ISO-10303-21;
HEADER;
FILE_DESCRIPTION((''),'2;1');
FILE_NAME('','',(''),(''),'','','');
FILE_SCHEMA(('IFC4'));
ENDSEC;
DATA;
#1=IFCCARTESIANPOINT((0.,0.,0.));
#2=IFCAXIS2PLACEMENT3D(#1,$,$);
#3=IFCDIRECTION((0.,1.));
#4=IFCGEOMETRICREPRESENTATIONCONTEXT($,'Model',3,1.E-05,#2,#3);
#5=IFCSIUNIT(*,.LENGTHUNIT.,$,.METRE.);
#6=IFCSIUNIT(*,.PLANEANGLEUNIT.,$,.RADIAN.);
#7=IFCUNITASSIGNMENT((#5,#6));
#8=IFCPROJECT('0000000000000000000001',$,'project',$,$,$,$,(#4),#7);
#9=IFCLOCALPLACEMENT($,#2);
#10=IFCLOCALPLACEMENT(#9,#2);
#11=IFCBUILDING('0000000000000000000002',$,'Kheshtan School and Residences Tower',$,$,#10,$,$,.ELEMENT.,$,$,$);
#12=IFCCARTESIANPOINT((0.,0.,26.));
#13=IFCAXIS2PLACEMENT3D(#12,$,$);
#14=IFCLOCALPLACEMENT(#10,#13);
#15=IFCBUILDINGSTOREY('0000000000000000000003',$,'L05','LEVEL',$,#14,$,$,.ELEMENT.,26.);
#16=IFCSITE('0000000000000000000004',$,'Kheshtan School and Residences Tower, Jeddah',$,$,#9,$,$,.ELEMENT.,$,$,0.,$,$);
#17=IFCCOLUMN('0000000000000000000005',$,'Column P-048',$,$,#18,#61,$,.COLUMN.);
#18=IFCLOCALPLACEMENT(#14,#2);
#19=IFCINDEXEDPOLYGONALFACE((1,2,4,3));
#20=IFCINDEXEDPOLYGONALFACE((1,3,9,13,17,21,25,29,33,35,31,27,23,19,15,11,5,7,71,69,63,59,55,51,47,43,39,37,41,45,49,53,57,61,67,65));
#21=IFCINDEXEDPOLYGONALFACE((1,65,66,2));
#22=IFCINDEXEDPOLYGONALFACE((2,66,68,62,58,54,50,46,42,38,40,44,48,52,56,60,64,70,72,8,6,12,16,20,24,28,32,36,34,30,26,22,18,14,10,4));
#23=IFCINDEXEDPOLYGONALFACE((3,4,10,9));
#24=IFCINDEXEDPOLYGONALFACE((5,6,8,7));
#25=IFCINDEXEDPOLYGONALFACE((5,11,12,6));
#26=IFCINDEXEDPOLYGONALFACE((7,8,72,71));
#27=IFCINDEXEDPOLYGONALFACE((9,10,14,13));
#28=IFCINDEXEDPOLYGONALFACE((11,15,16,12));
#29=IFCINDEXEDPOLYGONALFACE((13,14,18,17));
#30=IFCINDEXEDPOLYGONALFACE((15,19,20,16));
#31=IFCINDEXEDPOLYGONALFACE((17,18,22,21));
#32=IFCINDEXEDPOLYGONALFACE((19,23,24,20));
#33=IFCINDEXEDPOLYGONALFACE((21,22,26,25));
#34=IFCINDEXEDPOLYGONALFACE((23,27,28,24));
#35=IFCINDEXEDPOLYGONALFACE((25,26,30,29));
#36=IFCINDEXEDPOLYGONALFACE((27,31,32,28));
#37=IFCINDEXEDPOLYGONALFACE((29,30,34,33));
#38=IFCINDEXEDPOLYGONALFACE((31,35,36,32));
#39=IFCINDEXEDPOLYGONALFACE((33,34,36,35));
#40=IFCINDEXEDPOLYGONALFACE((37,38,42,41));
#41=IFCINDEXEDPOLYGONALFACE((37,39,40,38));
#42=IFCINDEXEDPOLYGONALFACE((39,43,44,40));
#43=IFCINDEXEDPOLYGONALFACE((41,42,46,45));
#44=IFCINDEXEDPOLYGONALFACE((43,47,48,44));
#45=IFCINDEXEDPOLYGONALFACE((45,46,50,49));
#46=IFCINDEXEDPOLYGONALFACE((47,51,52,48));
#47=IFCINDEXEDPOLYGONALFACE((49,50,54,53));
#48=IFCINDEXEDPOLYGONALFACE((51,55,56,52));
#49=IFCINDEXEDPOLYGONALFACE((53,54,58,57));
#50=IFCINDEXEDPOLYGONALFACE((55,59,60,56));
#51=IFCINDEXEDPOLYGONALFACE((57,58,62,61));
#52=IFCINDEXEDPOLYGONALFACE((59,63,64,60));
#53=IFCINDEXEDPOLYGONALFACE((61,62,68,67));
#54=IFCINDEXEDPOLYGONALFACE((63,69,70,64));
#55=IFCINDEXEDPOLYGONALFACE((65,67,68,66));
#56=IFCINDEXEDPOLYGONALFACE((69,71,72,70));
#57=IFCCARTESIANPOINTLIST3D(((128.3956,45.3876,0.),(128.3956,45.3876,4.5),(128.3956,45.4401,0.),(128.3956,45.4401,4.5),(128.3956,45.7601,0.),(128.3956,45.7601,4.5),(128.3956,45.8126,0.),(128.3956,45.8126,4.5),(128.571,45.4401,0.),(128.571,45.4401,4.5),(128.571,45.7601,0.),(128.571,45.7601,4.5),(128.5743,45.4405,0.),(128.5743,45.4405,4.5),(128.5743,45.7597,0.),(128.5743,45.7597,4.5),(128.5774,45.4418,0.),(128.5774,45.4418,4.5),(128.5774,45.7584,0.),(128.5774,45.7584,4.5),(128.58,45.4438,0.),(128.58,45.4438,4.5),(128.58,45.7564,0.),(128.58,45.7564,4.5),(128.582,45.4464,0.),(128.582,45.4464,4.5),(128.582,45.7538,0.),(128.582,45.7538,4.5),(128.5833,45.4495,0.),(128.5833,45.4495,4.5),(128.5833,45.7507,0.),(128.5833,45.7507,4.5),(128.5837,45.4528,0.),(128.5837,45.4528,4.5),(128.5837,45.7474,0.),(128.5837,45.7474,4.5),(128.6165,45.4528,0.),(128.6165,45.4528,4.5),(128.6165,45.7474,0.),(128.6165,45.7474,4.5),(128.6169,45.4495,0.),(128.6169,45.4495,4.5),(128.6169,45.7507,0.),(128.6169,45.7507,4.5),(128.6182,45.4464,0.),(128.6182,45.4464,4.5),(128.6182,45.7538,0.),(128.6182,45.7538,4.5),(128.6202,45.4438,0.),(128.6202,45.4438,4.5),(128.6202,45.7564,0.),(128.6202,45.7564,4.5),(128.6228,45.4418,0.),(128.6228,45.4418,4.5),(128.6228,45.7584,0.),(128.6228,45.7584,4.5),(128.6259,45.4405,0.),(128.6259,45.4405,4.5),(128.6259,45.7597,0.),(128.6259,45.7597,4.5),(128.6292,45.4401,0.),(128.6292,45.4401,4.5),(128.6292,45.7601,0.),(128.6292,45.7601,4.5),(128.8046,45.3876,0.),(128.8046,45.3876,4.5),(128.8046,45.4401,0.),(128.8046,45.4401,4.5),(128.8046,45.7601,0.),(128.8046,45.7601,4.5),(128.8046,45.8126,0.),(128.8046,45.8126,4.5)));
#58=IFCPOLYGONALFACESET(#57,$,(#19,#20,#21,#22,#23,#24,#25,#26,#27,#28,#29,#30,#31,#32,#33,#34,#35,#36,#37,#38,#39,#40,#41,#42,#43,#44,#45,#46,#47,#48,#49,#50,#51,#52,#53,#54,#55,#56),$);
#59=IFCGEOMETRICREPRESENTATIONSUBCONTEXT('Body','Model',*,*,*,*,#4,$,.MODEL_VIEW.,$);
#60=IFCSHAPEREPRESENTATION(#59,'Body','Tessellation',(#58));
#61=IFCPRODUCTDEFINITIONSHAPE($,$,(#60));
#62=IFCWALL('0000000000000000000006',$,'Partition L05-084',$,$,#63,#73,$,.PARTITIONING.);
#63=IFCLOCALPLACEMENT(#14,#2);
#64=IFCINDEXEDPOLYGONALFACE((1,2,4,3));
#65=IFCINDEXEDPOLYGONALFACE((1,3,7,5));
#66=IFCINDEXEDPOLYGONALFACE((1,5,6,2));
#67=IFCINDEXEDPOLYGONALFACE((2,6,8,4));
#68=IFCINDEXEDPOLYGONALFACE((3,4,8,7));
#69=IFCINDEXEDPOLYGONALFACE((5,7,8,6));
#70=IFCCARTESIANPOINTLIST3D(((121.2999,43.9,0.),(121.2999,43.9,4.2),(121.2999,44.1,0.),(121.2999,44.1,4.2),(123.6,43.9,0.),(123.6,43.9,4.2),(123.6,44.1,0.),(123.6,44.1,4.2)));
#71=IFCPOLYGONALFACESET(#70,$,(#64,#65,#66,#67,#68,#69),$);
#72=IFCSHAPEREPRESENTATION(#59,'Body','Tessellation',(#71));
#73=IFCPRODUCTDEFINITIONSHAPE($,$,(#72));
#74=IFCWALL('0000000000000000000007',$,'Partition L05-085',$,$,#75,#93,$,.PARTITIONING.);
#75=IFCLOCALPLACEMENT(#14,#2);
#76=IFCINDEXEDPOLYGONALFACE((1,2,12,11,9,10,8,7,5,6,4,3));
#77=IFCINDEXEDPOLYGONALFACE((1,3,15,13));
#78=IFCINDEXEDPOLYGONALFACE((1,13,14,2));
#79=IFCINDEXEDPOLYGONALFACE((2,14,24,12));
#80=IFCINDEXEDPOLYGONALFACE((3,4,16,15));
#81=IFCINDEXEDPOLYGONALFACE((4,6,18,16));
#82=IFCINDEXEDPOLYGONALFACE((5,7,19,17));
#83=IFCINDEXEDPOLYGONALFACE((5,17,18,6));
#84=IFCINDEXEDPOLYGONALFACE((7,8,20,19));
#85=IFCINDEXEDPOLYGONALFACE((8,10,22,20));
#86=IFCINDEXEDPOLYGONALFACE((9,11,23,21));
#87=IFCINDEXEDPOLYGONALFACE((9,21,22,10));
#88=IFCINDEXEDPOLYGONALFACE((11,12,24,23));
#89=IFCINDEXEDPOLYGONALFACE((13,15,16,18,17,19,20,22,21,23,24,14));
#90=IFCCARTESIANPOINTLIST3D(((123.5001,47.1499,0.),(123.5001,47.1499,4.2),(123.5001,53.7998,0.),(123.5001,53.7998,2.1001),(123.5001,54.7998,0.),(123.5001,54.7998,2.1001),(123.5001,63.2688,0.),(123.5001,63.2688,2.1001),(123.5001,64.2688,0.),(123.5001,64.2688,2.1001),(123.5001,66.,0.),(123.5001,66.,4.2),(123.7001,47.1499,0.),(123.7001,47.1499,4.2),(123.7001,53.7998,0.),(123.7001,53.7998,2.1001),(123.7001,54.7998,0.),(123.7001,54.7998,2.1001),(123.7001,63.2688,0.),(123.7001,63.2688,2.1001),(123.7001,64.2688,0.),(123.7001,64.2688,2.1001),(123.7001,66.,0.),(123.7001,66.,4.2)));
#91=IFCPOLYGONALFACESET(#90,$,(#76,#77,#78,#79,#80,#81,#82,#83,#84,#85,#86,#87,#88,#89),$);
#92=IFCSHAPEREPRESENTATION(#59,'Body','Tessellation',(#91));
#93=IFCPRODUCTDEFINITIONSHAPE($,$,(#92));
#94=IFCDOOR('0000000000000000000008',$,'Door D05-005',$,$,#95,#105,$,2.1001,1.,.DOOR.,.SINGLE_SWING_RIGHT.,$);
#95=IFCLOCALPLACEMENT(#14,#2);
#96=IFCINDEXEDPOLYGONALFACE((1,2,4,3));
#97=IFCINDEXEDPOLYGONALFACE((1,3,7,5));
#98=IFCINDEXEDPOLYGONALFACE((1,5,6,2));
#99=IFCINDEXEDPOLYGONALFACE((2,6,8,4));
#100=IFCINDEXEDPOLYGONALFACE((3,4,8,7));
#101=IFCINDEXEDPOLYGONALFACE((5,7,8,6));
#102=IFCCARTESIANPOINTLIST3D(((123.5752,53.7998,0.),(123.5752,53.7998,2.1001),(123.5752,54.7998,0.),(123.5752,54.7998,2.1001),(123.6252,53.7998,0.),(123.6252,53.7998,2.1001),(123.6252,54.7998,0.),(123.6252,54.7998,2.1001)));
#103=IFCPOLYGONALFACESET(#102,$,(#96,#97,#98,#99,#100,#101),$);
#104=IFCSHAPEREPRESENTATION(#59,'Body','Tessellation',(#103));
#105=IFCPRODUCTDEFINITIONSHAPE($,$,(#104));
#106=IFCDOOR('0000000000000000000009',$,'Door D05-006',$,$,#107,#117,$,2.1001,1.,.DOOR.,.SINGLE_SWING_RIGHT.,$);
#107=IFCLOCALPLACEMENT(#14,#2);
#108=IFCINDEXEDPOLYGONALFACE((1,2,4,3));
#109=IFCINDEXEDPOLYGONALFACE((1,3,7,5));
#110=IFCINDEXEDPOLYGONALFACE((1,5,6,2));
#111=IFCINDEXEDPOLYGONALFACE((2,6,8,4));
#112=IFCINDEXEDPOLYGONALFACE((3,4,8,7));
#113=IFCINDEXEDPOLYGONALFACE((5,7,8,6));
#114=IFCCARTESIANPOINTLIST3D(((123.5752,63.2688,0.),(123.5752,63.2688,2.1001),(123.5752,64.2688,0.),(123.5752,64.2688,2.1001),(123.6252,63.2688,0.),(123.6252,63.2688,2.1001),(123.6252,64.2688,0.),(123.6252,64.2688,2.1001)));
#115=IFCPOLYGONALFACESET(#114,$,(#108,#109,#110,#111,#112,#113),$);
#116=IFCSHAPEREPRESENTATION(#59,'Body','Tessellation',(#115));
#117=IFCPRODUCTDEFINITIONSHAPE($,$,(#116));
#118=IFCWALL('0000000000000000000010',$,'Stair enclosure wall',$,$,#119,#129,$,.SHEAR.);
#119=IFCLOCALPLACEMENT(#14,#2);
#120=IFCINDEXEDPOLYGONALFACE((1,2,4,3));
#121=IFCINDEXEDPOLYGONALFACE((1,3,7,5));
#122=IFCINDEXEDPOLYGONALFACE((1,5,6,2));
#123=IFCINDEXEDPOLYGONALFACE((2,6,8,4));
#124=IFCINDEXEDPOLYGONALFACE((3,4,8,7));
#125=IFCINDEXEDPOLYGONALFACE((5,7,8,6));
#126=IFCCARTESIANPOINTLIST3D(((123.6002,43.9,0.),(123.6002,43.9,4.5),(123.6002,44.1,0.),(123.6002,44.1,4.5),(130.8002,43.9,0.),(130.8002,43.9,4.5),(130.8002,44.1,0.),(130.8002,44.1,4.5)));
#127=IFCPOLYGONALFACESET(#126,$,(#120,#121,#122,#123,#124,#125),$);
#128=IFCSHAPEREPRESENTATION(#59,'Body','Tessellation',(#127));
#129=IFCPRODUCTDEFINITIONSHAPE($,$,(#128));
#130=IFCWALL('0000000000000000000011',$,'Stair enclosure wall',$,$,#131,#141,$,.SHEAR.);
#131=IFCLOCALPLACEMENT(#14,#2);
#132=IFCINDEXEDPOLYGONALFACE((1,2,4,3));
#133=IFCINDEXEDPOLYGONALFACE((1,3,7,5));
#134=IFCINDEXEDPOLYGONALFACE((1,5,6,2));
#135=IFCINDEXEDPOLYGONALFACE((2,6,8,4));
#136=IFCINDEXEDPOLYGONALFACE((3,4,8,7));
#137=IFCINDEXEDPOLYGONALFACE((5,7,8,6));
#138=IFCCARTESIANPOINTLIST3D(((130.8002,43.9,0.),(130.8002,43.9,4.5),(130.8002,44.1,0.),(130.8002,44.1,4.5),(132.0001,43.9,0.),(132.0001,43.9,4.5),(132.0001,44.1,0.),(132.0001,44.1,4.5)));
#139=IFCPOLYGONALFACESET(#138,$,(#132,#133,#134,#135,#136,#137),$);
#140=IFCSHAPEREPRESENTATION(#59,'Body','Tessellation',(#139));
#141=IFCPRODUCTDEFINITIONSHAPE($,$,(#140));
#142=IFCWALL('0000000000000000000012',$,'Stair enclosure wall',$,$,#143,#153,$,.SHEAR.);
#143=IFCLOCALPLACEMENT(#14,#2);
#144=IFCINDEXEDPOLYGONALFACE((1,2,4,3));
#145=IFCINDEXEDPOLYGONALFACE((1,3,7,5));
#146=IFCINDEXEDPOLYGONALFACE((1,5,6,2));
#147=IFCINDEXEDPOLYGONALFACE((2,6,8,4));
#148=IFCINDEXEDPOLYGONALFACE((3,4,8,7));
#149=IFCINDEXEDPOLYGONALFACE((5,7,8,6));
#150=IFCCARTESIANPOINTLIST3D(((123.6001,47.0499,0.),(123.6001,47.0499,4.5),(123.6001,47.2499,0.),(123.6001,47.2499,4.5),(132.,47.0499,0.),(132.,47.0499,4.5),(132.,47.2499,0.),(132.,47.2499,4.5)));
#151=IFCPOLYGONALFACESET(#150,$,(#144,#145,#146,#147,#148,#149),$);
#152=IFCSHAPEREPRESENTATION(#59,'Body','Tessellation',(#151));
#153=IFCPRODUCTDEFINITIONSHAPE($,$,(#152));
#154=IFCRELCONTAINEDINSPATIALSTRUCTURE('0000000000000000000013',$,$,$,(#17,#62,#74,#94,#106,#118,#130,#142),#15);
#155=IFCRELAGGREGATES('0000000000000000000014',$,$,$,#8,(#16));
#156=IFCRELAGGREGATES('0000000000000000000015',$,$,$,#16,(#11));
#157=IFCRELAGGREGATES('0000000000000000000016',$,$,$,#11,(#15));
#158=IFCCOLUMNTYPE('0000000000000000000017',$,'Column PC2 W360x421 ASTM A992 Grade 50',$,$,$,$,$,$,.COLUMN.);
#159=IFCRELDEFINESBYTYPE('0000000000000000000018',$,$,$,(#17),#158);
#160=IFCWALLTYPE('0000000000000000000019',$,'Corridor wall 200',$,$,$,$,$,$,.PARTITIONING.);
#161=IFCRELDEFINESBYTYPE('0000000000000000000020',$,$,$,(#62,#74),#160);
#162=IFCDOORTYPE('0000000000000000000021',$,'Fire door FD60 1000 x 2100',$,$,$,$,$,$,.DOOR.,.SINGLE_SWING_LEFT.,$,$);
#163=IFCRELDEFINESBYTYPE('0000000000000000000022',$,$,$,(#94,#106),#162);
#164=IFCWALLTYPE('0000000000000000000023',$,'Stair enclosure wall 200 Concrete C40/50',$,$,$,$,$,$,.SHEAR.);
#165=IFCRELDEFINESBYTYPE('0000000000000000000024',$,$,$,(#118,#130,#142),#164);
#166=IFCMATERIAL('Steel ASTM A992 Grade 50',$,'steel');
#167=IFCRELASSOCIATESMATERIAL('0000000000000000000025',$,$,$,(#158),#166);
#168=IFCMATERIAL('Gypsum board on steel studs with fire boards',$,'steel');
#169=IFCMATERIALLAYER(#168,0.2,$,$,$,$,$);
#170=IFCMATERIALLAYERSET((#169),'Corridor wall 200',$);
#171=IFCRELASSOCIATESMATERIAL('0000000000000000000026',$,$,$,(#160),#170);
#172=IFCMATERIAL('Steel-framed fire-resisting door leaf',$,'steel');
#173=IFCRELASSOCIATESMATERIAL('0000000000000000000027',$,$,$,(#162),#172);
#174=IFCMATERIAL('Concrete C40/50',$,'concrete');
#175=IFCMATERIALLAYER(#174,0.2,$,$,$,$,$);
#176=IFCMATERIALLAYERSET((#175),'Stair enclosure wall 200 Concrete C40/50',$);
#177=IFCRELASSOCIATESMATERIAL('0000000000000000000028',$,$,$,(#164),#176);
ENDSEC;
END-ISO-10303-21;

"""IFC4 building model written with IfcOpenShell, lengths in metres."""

from ifc_helpers import new_model, si_unit, direction, frame, frame_2d, origin, origin_2d, place, context, subcontext, project, spatial, rectangle, i_section, extrude, source, transform, mapped, material, layer, layer_set, material_profile, profile_set, type_object, element, fill, save


model = new_model("IFC4")

# Units and contexts
model_context = context("Model", 3, precision=1e-05, world=origin(), true_north=direction((0.0, 1.0)))
body_context = subcontext(model_context, "Body", "Model", "MODEL_VIEW")
ifc_project = project(units=[si_unit("LENGTHUNIT", "METRE"), si_unit("PLANEANGLEUNIT", "RADIAN")], contexts=[model_context])

# Site, building, storey
site_placement = place(None, origin())
site = spatial("IfcSite", under=ifc_project, at=site_placement, Name="Kheshtan School and Residences Tower, Jeddah", CompositionType="ELEMENT", RefElevation=0.0)
building_placement = place(site_placement, origin())
building = spatial("IfcBuilding", under=site, at=building_placement, Name="Kheshtan School and Residences Tower", CompositionType="ELEMENT")
storey_placement = place(building_placement, frame((0.0, 0.0, 26.0)))
storey = spatial("IfcBuildingStorey", under=building, at=storey_placement, Name="L05", Description="LEVEL", CompositionType="ELEMENT", Elevation=26.0)

# Column
ifc_material_1 = material(Name="Steel ASTM A992 Grade 50", Category="steel")
ifc_material_profile = material_profile(ifc_material_1, i_section(OverallWidth=0.4089, OverallDepth=0.425, WebThickness=0.0327, FlangeThickness=0.0525, FilletRadius=0.0127, at=origin_2d()), Name="W360x421")
ifc_profile_set = profile_set([ifc_material_profile], Name="Steel ASTM A992 Grade 50")
column_type = type_object("IfcColumnType", Name="Column PC2 W360x421 ASTM A992 Grade 50", PredefinedType="COLUMN", material=ifc_profile_set)
for number, where, z_axis, x_axis, name in (
    (1, (128.6001, 45.6001, 0.0), (0.0, 0.0, 1.0), (1.0, 0.0, 0.0), "Column P-048"),
):
    element("IfcColumn", number, at=place(storey_placement, frame(where, z_axis=z_axis, x_axis=x_axis)), inside=storey, type_object=column_type, Name=name, PredefinedType="COLUMN", context=body_context, shape_type="SweptSolid", body=[
        extrude(i_section(OverallWidth=0.4089, OverallDepth=0.425, WebThickness=0.0327, FlangeThickness=0.0525, FilletRadius=0.0127, at=origin_2d()), origin(), (0.0, 0.0, 1.0), 4.5),
    ])

# Wall
ifc_material_2 = material(Name="Gypsum board on steel studs with fire boards", Category="steel")
ifc_layer_1 = layer(ifc_material_2, 0.2)
ifc_layer_set_1 = layer_set([ifc_layer_1], Name="Corridor wall 200")
wall_type_1 = type_object("IfcWallType", Name="Corridor wall 200", PredefinedType="PARTITIONING", material=ifc_layer_set_1)
wall_1_placement = place(storey_placement, frame((121.3, 44.0, 0.0), z_axis=(0.0, 0.0, 1.0), x_axis=(1.0, 0.0, 0.0)))
element("IfcWall", 2, at=wall_1_placement, inside=storey, type_object=wall_type_1, Name="Partition L05-084", PredefinedType="PARTITIONING", context=body_context, shape_type="SweptSolid", body=[
    extrude(rectangle(XDim=2.3, YDim=0.2, at=frame_2d((1.1499, 0.0))), origin(), (0.0, 0.0, 1.0), 4.2),
])

# Wall, openings, doors
wall_2_placement = place(storey_placement, frame((123.6001, 47.1499, 0.0), z_axis=(0.0, 0.0, 1.0), x_axis=(0.0, 1.0, 0.0)))
wall_2 = element("IfcWall", 3, at=wall_2_placement, inside=storey, type_object=wall_type_1, Name="Partition L05-085", PredefinedType="PARTITIONING", context=body_context, shape_type="SweptSolid", body=[
    extrude(rectangle(XDim=18.8501, YDim=0.2, at=frame_2d((9.425, 0.0))), origin(), (0.0, 0.0, 1.0), 4.2),
])
opening_1_placement = place(wall_2_placement, frame((6.6499, 0.0, 0.0)))
opening_1 = element("IfcOpeningElement", 4, at=opening_1_placement, cuts=wall_2, PredefinedType="OPENING", context=body_context, shape_type="SweptSolid", body=[
    extrude(rectangle(XDim=1.0, YDim=2.1001, at=frame_2d((0.5, 1.05))), frame((0.0, 0.1099, 0.0), z_axis=(0.0, -1.0, 0.0), x_axis=(1.0, 0.0, 0.0)), (0.0, 0.0, 1.0), 0.22),
])
opening_2_placement = place(wall_2_placement, frame((16.1189, 0.0, 0.0)))
opening_2 = element("IfcOpeningElement", 5, at=opening_2_placement, cuts=wall_2, PredefinedType="OPENING", context=body_context, shape_type="SweptSolid", body=[
    extrude(rectangle(XDim=1.0, YDim=2.1001, at=frame_2d((0.5, 1.05))), frame((0.0, 0.1099, 0.0), z_axis=(0.0, -1.0, 0.0), x_axis=(1.0, 0.0, 0.0)), (0.0, 0.0, 1.0), 0.22),
])
ifc_material_3 = material(Name="Steel-framed fire-resisting door leaf", Category="steel")
door_type_1 = type_object("IfcDoorType", Name="Fire door FD60 1000 x 2100", OperationType="SINGLE_SWING_LEFT", PredefinedType="DOOR", material=ifc_material_3)
shared_shape_1 = source(origin(), body_context, "Body", "SweptSolid", [
    extrude(rectangle(XDim=1.0, YDim=2.1001, at=frame_2d((0.5, 1.05))), frame((0.0, 0.0249, 0.0), z_axis=(0.0, -1.0, 0.0), x_axis=(1.0, 0.0, 0.0)), (0.0, 0.0, 1.0), 0.05),
])
door_1_placement = place(opening_1_placement, origin())
door_1 = element("IfcDoor", 6, at=door_1_placement, inside=storey, type_object=door_type_1, Name="Door D05-005", OperationType="SINGLE_SWING_RIGHT", OverallHeight=2.1001, OverallWidth=1.0, PredefinedType="DOOR", context=body_context, shape_type="MappedRepresentation", body=[
    mapped(shared_shape_1, transform((0.0, 0.0, 0.0), x_axis=(1.0, 0.0, 0.0), y_axis=(0.0, 1.0, 0.0), z_axis=(0.0, 0.0, 1.0), scale=1.0)),
])
fill(opening_1, door_1)
door_2_placement = place(opening_2_placement, origin())
door_2 = element("IfcDoor", 7, at=door_2_placement, inside=storey, type_object=door_type_1, Name="Door D05-006", OperationType="SINGLE_SWING_RIGHT", OverallHeight=2.1001, OverallWidth=1.0, PredefinedType="DOOR", context=body_context, shape_type="MappedRepresentation", body=[
    mapped(shared_shape_1, transform((0.0, 0.0, 0.0), x_axis=(1.0, 0.0, 0.0), y_axis=(0.0, 1.0, 0.0), z_axis=(0.0, 0.0, 1.0), scale=1.0)),
])
fill(opening_2, door_2)

# Walls
ifc_material_4 = material(Name="Concrete C40/50", Category="concrete")
ifc_layer_2 = layer(ifc_material_4, 0.2)
ifc_layer_set_2 = layer_set([ifc_layer_2], Name="Stair enclosure wall 200 Concrete C40/50")
wall_type_2 = type_object("IfcWallType", Name="Stair enclosure wall 200 Concrete C40/50", PredefinedType="SHEAR", material=ifc_layer_set_2)
wall_3_placement = place(storey_placement, frame((123.6001, 44.0, 0.0), z_axis=(0.0, 0.0, 1.0), x_axis=(1.0, 0.0, 0.0)))
element("IfcWall", 8, at=wall_3_placement, inside=storey, type_object=wall_type_2, Name="Stair enclosure wall", PredefinedType="SHEAR", context=body_context, shape_type="SweptSolid", body=[
    extrude(rectangle(XDim=7.2, YDim=0.2, at=frame_2d((3.6001, 0.0))), origin(), (0.0, 0.0, 1.0), 4.5),
])
wall_4_placement = place(storey_placement, frame((130.8, 44.0, 0.0), z_axis=(0.0, 0.0, 1.0), x_axis=(1.0, 0.0, 0.0)))
element("IfcWall", 9, at=wall_4_placement, inside=storey, type_object=wall_type_2, Name="Stair enclosure wall", PredefinedType="SHEAR", context=body_context, shape_type="SweptSolid", body=[
    extrude(rectangle(XDim=1.2, YDim=0.2, at=frame_2d((0.6001, 0.0))), origin(), (0.0, 0.0, 1.0), 4.5),
])
wall_5_placement = place(storey_placement, frame((123.6001, 47.1499, 0.0), z_axis=(0.0, 0.0, 1.0), x_axis=(1.0, 0.0, 0.0)))
element("IfcWall", 10, at=wall_5_placement, inside=storey, type_object=wall_type_2, Name="Stair enclosure wall", PredefinedType="SHEAR", context=body_context, shape_type="SweptSolid", body=[
    extrude(rectangle(XDim=8.3999, YDim=0.2, at=frame_2d((4.2, 0.0))), origin(), (0.0, 0.0, 1.0), 4.5),
])

save(model, "model.ifc")
